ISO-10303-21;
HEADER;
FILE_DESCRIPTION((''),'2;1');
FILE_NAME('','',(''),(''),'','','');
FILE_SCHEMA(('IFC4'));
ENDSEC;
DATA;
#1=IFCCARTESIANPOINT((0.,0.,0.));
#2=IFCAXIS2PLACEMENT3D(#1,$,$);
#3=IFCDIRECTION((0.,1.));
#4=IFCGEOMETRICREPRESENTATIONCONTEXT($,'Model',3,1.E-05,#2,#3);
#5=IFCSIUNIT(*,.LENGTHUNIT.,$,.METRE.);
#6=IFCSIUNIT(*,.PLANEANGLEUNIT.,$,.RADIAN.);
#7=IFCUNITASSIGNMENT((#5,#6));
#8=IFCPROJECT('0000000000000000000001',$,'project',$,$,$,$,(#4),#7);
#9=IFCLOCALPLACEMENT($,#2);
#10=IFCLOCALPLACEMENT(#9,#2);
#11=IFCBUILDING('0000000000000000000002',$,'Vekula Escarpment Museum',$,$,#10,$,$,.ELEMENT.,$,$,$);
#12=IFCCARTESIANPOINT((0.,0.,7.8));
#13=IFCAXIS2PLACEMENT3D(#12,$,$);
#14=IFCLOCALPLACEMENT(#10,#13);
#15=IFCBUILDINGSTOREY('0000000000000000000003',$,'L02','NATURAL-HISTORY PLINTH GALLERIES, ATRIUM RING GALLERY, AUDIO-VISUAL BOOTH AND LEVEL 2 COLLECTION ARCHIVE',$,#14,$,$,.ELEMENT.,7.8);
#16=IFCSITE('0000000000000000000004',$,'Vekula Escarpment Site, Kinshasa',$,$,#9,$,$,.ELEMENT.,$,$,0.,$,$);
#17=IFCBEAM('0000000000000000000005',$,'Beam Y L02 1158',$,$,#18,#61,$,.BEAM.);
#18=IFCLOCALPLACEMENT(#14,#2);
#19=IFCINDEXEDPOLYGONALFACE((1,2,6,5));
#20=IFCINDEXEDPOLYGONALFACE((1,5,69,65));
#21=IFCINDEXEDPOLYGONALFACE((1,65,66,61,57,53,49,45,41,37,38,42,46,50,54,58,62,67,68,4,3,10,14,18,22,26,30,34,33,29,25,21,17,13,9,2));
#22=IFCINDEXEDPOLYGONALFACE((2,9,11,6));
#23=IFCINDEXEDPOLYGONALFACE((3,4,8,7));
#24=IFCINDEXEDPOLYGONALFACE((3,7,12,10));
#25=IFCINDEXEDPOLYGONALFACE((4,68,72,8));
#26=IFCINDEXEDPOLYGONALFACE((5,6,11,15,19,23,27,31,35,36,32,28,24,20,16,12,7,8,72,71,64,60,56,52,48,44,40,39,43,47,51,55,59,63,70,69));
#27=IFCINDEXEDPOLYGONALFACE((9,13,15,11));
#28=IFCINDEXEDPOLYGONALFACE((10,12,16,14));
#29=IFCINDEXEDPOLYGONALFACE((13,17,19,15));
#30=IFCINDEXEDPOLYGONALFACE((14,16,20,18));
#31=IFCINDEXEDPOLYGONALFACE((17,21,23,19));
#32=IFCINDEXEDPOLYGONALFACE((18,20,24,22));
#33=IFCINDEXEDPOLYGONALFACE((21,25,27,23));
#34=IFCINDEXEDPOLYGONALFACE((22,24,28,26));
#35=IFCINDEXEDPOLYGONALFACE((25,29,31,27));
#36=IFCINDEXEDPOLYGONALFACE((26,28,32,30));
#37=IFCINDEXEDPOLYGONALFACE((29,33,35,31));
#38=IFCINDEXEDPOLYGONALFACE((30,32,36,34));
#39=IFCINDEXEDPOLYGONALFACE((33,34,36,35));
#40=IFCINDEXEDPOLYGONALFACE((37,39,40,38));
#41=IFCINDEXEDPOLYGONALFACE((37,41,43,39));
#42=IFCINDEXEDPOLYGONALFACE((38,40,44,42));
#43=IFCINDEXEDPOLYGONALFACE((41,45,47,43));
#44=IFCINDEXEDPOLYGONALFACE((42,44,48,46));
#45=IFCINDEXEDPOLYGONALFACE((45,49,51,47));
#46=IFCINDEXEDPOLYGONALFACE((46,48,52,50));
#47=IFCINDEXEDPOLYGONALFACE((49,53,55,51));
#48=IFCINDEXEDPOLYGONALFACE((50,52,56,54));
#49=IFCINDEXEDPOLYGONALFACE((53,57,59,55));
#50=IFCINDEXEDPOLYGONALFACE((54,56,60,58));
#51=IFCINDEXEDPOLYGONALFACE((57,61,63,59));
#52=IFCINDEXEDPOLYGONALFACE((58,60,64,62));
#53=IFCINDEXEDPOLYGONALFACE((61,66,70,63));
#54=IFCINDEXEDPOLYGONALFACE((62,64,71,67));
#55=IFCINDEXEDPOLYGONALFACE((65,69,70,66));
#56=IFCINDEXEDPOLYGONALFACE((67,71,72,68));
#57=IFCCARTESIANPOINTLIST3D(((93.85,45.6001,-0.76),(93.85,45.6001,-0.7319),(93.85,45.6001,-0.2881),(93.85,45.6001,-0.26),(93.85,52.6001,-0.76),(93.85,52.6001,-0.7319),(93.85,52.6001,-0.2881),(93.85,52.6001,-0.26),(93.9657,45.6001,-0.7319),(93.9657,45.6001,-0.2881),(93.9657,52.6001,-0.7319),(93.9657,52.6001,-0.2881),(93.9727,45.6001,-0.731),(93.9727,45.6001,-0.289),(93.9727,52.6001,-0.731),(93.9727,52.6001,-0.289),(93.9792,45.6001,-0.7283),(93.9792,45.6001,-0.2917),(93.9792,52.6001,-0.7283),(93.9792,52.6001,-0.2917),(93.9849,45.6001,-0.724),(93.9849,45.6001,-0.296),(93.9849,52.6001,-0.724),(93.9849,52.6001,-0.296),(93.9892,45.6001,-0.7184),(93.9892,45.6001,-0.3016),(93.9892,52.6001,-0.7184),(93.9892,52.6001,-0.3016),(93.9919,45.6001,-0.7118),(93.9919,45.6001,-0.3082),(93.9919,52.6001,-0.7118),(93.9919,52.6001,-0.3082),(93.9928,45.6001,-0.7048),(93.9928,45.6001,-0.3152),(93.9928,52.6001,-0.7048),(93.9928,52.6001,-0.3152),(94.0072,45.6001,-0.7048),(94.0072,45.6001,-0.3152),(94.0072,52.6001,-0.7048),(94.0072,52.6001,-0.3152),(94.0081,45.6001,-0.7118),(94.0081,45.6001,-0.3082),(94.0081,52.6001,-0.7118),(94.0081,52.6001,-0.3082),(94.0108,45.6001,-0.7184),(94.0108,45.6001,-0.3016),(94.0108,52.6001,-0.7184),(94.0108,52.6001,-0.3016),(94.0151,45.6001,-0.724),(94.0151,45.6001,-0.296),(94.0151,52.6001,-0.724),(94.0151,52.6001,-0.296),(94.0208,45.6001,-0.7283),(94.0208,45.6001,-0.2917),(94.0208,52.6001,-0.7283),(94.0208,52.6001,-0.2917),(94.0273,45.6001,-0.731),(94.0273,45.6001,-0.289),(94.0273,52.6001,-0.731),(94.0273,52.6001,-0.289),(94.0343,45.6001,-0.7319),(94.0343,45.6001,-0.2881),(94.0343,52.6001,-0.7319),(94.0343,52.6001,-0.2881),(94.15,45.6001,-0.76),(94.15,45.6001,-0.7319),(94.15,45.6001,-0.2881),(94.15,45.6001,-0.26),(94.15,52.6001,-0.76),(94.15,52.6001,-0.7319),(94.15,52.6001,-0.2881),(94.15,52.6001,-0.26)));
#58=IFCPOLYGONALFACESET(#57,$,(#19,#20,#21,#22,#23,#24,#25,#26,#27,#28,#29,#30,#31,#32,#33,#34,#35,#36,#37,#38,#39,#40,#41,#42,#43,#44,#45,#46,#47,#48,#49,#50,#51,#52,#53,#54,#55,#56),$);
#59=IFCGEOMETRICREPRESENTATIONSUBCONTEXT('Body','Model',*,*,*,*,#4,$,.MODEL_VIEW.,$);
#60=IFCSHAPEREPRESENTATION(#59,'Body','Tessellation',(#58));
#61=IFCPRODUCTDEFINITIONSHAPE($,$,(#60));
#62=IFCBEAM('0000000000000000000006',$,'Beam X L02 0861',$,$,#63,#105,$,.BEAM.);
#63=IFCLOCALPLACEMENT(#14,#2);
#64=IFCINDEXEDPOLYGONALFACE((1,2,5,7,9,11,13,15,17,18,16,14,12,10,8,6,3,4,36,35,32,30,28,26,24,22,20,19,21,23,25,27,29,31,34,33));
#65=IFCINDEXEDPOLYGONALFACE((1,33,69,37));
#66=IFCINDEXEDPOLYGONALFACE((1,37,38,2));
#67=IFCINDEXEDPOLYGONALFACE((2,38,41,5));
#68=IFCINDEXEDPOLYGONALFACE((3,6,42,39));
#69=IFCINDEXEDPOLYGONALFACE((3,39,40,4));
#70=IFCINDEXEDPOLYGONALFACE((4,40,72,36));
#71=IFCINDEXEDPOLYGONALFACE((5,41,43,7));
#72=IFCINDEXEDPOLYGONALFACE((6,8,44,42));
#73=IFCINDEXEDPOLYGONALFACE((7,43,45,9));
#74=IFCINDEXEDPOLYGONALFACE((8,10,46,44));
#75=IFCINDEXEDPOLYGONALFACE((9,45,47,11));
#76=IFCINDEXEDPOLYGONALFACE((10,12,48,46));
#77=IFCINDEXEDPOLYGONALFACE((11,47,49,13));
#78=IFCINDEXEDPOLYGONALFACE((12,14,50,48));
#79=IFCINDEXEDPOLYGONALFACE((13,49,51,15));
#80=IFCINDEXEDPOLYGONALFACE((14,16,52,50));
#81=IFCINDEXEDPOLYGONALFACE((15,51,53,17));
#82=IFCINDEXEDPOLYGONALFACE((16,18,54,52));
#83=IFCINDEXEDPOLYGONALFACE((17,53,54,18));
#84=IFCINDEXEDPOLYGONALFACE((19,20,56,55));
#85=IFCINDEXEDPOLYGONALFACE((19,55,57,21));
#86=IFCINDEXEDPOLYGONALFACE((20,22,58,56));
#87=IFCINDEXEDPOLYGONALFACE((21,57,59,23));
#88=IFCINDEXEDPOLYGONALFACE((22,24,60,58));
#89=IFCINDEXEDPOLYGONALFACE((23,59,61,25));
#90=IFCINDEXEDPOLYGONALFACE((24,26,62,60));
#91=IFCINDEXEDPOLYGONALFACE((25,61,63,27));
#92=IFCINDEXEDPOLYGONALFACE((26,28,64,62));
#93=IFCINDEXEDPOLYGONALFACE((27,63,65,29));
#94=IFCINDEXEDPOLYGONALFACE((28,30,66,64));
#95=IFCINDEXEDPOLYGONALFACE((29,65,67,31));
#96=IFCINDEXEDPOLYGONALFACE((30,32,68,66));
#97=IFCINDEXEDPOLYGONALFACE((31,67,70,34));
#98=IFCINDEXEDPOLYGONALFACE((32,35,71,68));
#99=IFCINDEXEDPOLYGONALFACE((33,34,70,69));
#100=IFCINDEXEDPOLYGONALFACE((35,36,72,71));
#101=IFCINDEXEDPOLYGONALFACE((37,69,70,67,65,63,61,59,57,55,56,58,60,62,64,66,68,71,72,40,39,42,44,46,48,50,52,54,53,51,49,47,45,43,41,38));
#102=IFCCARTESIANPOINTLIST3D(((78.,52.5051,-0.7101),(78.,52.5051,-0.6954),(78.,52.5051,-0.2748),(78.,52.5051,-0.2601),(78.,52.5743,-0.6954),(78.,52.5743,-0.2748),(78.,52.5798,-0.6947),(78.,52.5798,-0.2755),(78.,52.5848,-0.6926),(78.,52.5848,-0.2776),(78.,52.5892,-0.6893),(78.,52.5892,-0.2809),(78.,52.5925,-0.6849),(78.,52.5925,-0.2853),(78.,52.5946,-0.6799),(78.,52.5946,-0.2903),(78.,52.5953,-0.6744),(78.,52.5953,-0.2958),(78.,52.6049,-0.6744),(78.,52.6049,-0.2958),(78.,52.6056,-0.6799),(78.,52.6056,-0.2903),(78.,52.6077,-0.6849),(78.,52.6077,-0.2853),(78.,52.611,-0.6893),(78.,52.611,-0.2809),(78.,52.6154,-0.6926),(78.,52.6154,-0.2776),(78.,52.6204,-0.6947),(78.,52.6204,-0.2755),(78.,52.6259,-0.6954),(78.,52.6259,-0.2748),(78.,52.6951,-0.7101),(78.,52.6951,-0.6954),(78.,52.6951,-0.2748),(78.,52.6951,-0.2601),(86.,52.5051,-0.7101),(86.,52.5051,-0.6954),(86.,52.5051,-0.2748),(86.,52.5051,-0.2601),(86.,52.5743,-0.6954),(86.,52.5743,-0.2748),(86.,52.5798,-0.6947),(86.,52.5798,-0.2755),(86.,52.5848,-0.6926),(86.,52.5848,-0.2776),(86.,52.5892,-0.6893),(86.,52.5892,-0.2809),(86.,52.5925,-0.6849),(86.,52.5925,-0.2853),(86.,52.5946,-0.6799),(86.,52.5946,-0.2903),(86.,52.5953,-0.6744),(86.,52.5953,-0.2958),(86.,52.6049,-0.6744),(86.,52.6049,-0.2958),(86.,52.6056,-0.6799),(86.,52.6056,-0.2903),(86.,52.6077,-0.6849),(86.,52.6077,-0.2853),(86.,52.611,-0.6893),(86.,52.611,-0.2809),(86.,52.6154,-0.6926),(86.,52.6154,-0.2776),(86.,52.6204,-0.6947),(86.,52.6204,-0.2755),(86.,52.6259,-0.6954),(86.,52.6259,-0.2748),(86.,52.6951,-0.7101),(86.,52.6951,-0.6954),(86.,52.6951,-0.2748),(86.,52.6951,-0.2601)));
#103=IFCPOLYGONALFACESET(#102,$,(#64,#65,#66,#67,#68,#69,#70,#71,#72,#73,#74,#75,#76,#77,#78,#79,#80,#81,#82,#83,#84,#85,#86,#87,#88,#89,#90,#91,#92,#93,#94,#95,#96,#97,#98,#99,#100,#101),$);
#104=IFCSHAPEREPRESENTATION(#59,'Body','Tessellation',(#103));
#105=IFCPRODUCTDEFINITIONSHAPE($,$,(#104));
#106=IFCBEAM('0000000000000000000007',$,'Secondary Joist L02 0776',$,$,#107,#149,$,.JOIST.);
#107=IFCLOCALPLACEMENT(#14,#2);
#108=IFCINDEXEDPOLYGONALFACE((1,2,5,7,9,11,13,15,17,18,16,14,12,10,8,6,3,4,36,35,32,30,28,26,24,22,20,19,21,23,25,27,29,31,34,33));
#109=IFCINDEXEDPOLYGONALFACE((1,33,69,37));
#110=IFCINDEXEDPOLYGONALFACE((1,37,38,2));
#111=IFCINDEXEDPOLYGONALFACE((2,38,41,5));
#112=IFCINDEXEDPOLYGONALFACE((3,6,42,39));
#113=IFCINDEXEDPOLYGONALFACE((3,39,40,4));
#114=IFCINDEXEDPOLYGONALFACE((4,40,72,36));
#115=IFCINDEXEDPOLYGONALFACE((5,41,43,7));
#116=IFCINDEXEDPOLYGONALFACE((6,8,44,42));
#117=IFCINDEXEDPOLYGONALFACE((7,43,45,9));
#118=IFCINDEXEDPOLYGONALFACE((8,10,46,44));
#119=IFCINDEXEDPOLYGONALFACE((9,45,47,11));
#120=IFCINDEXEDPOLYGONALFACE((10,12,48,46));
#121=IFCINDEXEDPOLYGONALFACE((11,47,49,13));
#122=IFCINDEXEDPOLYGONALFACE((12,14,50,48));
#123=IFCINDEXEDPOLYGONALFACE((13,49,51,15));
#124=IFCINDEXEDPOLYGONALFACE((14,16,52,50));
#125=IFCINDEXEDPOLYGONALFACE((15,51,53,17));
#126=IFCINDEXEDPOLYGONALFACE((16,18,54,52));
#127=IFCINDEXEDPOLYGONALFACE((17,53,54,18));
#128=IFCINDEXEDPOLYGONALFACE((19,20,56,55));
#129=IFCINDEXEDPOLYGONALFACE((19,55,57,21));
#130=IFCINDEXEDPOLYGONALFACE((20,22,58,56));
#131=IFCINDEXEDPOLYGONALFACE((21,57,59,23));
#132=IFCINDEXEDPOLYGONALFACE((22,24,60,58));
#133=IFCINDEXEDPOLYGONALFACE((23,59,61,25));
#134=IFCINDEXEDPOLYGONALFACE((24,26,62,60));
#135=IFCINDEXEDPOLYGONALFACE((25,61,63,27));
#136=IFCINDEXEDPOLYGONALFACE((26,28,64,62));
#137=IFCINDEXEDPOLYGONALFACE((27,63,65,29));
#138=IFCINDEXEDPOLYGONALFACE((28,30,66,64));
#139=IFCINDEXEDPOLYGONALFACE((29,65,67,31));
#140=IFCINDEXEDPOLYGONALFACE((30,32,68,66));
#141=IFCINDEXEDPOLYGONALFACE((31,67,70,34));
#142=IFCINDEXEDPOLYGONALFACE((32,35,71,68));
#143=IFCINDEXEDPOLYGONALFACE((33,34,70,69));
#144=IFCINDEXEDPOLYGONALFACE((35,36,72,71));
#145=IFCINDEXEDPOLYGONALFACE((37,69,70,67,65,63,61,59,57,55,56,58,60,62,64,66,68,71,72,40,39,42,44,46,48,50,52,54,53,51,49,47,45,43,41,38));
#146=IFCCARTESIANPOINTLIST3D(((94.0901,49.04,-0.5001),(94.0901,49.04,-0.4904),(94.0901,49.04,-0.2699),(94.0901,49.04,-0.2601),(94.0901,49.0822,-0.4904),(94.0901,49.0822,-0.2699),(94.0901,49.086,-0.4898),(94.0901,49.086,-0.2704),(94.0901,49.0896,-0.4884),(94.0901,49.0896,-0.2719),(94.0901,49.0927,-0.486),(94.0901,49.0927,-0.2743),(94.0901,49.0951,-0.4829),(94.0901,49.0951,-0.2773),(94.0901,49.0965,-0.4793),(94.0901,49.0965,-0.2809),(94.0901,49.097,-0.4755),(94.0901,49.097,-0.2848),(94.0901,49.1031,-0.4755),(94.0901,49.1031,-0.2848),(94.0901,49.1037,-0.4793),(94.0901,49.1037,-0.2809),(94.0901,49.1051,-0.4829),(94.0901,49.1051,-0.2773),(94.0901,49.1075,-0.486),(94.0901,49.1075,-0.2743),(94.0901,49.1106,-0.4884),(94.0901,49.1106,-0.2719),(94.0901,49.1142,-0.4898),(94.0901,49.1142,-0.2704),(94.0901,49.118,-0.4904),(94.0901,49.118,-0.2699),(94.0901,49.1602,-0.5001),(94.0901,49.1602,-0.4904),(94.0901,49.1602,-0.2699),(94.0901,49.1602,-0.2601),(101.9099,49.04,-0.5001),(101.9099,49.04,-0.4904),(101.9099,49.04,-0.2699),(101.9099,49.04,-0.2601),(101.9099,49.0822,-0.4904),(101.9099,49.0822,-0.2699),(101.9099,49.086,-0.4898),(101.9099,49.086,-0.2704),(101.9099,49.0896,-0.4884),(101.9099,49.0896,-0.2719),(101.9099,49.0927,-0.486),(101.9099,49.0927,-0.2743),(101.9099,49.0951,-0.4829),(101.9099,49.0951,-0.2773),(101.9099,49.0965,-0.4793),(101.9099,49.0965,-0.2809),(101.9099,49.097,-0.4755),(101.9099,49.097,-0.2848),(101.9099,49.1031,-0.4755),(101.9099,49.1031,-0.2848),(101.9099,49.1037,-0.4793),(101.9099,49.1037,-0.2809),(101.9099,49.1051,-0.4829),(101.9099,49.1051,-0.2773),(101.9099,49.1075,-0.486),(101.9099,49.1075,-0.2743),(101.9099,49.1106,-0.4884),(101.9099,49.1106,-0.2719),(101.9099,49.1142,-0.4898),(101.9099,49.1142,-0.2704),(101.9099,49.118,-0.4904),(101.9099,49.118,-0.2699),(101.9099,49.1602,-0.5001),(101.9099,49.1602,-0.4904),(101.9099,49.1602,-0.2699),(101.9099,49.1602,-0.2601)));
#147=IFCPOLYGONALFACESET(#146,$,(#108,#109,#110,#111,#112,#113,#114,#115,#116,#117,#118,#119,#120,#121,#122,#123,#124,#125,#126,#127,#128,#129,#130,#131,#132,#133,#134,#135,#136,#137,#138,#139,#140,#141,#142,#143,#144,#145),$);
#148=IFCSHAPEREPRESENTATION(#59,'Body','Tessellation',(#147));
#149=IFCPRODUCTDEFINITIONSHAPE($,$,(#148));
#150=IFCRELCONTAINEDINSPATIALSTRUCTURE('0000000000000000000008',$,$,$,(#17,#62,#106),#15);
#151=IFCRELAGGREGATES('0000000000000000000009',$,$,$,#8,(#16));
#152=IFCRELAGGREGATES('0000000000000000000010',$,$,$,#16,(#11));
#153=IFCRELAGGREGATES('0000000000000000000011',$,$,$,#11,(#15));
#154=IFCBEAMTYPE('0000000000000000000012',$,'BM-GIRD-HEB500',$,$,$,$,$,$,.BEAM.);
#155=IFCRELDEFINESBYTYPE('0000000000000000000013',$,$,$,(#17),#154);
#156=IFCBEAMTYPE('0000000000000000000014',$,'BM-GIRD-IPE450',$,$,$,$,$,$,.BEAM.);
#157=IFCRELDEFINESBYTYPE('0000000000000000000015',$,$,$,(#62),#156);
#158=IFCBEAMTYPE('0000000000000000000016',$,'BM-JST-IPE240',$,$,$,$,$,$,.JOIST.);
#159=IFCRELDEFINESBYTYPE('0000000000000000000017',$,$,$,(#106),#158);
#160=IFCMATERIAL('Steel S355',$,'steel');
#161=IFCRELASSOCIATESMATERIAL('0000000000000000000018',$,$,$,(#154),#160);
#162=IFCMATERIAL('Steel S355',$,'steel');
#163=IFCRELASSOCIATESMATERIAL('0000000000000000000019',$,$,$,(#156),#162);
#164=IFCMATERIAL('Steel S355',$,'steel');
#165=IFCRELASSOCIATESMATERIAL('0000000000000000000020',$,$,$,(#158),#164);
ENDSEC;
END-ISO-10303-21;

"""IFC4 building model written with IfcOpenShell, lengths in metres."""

from ifc_helpers import new_model, si_unit, direction, frame, origin, origin_2d, place, context, subcontext, project, spatial, i_section, extrude, material, material_profile, profile_set, type_object, element, save


model = new_model("IFC4")

# Units and contexts
model_context = context("Model", 3, precision=1e-05, world=origin(), true_north=direction((0.0, 1.0)))
body_context = subcontext(model_context, "Body", "Model", "MODEL_VIEW")
ifc_project = project(units=[si_unit("LENGTHUNIT", "METRE"), si_unit("PLANEANGLEUNIT", "RADIAN")], contexts=[model_context])

# Site, building, storey
site_placement = place(None, origin())
site = spatial("IfcSite", under=ifc_project, at=site_placement, Name="Vekula Escarpment Site, Kinshasa", CompositionType="ELEMENT", RefElevation=0.0)
building_placement = place(site_placement, origin())
building = spatial("IfcBuilding", under=site, at=building_placement, Name="Vekula Escarpment Museum", CompositionType="ELEMENT")
storey_placement = place(building_placement, frame((0.0, 0.0, 7.8)))
storey = spatial("IfcBuildingStorey", under=building, at=storey_placement, Name="L02", Description="NATURAL-HISTORY PLINTH GALLERIES, ATRIUM RING GALLERY, AUDIO-VISUAL BOOTH AND LEVEL 2 COLLECTION ARCHIVE", CompositionType="ELEMENT", Elevation=7.8)

# Beams
ifc_material_1 = material(Name="Steel S355", Category="steel")
ifc_material_profile_1 = material_profile(ifc_material_1, i_section(OverallWidth=0.3, OverallDepth=0.5, WebThickness=0.0144, FlangeThickness=0.0281, FilletRadius=0.0271, at=origin_2d()), Name="HEB 500")
ifc_profile_set_1 = profile_set([ifc_material_profile_1], Name="Steel S355")
beam_type_1 = type_object("IfcBeamType", Name="BM-GIRD-HEB500", PredefinedType="BEAM", material=ifc_profile_set_1)
for number, where, z_axis, x_axis, name in (
    (1, (94.0, 45.6001, -0.51), (0.0, 1.0, 0.0), (-1.0, 0.0, 0.0), "Beam Y L02 1158"),
):
    element("IfcBeam", number, at=place(storey_placement, frame(where, z_axis=z_axis, x_axis=x_axis)), inside=storey, type_object=beam_type_1, Name=name, PredefinedType="BEAM", context=body_context, shape_type="SweptSolid", body=[
        extrude(i_section(OverallWidth=0.3, OverallDepth=0.5, WebThickness=0.0144, FlangeThickness=0.0281, FilletRadius=0.0271, at=origin_2d()), origin(), (0.0, 0.0, 1.0), 7.0),
    ])
ifc_material_2 = material(Name="Steel S355", Category="steel")
ifc_material_profile_2 = material_profile(ifc_material_2, i_section(OverallWidth=0.1899, OverallDepth=0.45, WebThickness=0.0095, FlangeThickness=0.0146, FilletRadius=0.021, at=origin_2d()), Name="IPE 450")
ifc_profile_set_2 = profile_set([ifc_material_profile_2], Name="Steel S355")
beam_type_2 = type_object("IfcBeamType", Name="BM-GIRD-IPE450", PredefinedType="BEAM", material=ifc_profile_set_2)
beam_1_placement = place(storey_placement, frame((78.0, 52.6001, -0.4851), z_axis=(1.0, 0.0, 0.0), x_axis=(0.0, 1.0, 0.0)))
element("IfcBeam", 2, at=beam_1_placement, inside=storey, type_object=beam_type_2, Name="Beam X L02 0861", PredefinedType="BEAM", context=body_context, shape_type="SweptSolid", body=[
    extrude(i_section(OverallWidth=0.1899, OverallDepth=0.45, WebThickness=0.0095, FlangeThickness=0.0146, FilletRadius=0.021, at=origin_2d()), origin(), (0.0, 0.0, 1.0), 8.0),
])
ifc_material_3 = material(Name="Steel S355", Category="steel")
ifc_material_profile_3 = material_profile(ifc_material_3, i_section(OverallWidth=0.1201, OverallDepth=0.24, WebThickness=0.0061, FlangeThickness=0.0098, FilletRadius=0.0149, at=origin_2d()), Name="IPE 240")
ifc_profile_set_3 = profile_set([ifc_material_profile_3], Name="Steel S355")
beam_type_3 = type_object("IfcBeamType", Name="BM-JST-IPE240", PredefinedType="JOIST", material=ifc_profile_set_3)
beam_2_placement = place(storey_placement, frame((94.0901, 49.1001, -0.3801), z_axis=(1.0, 0.0, 0.0), x_axis=(0.0, 1.0, 0.0)))
element("IfcBeam", 3, at=beam_2_placement, inside=storey, type_object=beam_type_3, Name="Secondary Joist L02 0776", PredefinedType="JOIST", context=body_context, shape_type="SweptSolid", body=[
    extrude(i_section(OverallWidth=0.1201, OverallDepth=0.24, WebThickness=0.0061, FlangeThickness=0.0098, FilletRadius=0.0149, at=origin_2d()), origin(), (0.0, 0.0, 1.0), 7.8198),
])

save(model, "model.ifc")
